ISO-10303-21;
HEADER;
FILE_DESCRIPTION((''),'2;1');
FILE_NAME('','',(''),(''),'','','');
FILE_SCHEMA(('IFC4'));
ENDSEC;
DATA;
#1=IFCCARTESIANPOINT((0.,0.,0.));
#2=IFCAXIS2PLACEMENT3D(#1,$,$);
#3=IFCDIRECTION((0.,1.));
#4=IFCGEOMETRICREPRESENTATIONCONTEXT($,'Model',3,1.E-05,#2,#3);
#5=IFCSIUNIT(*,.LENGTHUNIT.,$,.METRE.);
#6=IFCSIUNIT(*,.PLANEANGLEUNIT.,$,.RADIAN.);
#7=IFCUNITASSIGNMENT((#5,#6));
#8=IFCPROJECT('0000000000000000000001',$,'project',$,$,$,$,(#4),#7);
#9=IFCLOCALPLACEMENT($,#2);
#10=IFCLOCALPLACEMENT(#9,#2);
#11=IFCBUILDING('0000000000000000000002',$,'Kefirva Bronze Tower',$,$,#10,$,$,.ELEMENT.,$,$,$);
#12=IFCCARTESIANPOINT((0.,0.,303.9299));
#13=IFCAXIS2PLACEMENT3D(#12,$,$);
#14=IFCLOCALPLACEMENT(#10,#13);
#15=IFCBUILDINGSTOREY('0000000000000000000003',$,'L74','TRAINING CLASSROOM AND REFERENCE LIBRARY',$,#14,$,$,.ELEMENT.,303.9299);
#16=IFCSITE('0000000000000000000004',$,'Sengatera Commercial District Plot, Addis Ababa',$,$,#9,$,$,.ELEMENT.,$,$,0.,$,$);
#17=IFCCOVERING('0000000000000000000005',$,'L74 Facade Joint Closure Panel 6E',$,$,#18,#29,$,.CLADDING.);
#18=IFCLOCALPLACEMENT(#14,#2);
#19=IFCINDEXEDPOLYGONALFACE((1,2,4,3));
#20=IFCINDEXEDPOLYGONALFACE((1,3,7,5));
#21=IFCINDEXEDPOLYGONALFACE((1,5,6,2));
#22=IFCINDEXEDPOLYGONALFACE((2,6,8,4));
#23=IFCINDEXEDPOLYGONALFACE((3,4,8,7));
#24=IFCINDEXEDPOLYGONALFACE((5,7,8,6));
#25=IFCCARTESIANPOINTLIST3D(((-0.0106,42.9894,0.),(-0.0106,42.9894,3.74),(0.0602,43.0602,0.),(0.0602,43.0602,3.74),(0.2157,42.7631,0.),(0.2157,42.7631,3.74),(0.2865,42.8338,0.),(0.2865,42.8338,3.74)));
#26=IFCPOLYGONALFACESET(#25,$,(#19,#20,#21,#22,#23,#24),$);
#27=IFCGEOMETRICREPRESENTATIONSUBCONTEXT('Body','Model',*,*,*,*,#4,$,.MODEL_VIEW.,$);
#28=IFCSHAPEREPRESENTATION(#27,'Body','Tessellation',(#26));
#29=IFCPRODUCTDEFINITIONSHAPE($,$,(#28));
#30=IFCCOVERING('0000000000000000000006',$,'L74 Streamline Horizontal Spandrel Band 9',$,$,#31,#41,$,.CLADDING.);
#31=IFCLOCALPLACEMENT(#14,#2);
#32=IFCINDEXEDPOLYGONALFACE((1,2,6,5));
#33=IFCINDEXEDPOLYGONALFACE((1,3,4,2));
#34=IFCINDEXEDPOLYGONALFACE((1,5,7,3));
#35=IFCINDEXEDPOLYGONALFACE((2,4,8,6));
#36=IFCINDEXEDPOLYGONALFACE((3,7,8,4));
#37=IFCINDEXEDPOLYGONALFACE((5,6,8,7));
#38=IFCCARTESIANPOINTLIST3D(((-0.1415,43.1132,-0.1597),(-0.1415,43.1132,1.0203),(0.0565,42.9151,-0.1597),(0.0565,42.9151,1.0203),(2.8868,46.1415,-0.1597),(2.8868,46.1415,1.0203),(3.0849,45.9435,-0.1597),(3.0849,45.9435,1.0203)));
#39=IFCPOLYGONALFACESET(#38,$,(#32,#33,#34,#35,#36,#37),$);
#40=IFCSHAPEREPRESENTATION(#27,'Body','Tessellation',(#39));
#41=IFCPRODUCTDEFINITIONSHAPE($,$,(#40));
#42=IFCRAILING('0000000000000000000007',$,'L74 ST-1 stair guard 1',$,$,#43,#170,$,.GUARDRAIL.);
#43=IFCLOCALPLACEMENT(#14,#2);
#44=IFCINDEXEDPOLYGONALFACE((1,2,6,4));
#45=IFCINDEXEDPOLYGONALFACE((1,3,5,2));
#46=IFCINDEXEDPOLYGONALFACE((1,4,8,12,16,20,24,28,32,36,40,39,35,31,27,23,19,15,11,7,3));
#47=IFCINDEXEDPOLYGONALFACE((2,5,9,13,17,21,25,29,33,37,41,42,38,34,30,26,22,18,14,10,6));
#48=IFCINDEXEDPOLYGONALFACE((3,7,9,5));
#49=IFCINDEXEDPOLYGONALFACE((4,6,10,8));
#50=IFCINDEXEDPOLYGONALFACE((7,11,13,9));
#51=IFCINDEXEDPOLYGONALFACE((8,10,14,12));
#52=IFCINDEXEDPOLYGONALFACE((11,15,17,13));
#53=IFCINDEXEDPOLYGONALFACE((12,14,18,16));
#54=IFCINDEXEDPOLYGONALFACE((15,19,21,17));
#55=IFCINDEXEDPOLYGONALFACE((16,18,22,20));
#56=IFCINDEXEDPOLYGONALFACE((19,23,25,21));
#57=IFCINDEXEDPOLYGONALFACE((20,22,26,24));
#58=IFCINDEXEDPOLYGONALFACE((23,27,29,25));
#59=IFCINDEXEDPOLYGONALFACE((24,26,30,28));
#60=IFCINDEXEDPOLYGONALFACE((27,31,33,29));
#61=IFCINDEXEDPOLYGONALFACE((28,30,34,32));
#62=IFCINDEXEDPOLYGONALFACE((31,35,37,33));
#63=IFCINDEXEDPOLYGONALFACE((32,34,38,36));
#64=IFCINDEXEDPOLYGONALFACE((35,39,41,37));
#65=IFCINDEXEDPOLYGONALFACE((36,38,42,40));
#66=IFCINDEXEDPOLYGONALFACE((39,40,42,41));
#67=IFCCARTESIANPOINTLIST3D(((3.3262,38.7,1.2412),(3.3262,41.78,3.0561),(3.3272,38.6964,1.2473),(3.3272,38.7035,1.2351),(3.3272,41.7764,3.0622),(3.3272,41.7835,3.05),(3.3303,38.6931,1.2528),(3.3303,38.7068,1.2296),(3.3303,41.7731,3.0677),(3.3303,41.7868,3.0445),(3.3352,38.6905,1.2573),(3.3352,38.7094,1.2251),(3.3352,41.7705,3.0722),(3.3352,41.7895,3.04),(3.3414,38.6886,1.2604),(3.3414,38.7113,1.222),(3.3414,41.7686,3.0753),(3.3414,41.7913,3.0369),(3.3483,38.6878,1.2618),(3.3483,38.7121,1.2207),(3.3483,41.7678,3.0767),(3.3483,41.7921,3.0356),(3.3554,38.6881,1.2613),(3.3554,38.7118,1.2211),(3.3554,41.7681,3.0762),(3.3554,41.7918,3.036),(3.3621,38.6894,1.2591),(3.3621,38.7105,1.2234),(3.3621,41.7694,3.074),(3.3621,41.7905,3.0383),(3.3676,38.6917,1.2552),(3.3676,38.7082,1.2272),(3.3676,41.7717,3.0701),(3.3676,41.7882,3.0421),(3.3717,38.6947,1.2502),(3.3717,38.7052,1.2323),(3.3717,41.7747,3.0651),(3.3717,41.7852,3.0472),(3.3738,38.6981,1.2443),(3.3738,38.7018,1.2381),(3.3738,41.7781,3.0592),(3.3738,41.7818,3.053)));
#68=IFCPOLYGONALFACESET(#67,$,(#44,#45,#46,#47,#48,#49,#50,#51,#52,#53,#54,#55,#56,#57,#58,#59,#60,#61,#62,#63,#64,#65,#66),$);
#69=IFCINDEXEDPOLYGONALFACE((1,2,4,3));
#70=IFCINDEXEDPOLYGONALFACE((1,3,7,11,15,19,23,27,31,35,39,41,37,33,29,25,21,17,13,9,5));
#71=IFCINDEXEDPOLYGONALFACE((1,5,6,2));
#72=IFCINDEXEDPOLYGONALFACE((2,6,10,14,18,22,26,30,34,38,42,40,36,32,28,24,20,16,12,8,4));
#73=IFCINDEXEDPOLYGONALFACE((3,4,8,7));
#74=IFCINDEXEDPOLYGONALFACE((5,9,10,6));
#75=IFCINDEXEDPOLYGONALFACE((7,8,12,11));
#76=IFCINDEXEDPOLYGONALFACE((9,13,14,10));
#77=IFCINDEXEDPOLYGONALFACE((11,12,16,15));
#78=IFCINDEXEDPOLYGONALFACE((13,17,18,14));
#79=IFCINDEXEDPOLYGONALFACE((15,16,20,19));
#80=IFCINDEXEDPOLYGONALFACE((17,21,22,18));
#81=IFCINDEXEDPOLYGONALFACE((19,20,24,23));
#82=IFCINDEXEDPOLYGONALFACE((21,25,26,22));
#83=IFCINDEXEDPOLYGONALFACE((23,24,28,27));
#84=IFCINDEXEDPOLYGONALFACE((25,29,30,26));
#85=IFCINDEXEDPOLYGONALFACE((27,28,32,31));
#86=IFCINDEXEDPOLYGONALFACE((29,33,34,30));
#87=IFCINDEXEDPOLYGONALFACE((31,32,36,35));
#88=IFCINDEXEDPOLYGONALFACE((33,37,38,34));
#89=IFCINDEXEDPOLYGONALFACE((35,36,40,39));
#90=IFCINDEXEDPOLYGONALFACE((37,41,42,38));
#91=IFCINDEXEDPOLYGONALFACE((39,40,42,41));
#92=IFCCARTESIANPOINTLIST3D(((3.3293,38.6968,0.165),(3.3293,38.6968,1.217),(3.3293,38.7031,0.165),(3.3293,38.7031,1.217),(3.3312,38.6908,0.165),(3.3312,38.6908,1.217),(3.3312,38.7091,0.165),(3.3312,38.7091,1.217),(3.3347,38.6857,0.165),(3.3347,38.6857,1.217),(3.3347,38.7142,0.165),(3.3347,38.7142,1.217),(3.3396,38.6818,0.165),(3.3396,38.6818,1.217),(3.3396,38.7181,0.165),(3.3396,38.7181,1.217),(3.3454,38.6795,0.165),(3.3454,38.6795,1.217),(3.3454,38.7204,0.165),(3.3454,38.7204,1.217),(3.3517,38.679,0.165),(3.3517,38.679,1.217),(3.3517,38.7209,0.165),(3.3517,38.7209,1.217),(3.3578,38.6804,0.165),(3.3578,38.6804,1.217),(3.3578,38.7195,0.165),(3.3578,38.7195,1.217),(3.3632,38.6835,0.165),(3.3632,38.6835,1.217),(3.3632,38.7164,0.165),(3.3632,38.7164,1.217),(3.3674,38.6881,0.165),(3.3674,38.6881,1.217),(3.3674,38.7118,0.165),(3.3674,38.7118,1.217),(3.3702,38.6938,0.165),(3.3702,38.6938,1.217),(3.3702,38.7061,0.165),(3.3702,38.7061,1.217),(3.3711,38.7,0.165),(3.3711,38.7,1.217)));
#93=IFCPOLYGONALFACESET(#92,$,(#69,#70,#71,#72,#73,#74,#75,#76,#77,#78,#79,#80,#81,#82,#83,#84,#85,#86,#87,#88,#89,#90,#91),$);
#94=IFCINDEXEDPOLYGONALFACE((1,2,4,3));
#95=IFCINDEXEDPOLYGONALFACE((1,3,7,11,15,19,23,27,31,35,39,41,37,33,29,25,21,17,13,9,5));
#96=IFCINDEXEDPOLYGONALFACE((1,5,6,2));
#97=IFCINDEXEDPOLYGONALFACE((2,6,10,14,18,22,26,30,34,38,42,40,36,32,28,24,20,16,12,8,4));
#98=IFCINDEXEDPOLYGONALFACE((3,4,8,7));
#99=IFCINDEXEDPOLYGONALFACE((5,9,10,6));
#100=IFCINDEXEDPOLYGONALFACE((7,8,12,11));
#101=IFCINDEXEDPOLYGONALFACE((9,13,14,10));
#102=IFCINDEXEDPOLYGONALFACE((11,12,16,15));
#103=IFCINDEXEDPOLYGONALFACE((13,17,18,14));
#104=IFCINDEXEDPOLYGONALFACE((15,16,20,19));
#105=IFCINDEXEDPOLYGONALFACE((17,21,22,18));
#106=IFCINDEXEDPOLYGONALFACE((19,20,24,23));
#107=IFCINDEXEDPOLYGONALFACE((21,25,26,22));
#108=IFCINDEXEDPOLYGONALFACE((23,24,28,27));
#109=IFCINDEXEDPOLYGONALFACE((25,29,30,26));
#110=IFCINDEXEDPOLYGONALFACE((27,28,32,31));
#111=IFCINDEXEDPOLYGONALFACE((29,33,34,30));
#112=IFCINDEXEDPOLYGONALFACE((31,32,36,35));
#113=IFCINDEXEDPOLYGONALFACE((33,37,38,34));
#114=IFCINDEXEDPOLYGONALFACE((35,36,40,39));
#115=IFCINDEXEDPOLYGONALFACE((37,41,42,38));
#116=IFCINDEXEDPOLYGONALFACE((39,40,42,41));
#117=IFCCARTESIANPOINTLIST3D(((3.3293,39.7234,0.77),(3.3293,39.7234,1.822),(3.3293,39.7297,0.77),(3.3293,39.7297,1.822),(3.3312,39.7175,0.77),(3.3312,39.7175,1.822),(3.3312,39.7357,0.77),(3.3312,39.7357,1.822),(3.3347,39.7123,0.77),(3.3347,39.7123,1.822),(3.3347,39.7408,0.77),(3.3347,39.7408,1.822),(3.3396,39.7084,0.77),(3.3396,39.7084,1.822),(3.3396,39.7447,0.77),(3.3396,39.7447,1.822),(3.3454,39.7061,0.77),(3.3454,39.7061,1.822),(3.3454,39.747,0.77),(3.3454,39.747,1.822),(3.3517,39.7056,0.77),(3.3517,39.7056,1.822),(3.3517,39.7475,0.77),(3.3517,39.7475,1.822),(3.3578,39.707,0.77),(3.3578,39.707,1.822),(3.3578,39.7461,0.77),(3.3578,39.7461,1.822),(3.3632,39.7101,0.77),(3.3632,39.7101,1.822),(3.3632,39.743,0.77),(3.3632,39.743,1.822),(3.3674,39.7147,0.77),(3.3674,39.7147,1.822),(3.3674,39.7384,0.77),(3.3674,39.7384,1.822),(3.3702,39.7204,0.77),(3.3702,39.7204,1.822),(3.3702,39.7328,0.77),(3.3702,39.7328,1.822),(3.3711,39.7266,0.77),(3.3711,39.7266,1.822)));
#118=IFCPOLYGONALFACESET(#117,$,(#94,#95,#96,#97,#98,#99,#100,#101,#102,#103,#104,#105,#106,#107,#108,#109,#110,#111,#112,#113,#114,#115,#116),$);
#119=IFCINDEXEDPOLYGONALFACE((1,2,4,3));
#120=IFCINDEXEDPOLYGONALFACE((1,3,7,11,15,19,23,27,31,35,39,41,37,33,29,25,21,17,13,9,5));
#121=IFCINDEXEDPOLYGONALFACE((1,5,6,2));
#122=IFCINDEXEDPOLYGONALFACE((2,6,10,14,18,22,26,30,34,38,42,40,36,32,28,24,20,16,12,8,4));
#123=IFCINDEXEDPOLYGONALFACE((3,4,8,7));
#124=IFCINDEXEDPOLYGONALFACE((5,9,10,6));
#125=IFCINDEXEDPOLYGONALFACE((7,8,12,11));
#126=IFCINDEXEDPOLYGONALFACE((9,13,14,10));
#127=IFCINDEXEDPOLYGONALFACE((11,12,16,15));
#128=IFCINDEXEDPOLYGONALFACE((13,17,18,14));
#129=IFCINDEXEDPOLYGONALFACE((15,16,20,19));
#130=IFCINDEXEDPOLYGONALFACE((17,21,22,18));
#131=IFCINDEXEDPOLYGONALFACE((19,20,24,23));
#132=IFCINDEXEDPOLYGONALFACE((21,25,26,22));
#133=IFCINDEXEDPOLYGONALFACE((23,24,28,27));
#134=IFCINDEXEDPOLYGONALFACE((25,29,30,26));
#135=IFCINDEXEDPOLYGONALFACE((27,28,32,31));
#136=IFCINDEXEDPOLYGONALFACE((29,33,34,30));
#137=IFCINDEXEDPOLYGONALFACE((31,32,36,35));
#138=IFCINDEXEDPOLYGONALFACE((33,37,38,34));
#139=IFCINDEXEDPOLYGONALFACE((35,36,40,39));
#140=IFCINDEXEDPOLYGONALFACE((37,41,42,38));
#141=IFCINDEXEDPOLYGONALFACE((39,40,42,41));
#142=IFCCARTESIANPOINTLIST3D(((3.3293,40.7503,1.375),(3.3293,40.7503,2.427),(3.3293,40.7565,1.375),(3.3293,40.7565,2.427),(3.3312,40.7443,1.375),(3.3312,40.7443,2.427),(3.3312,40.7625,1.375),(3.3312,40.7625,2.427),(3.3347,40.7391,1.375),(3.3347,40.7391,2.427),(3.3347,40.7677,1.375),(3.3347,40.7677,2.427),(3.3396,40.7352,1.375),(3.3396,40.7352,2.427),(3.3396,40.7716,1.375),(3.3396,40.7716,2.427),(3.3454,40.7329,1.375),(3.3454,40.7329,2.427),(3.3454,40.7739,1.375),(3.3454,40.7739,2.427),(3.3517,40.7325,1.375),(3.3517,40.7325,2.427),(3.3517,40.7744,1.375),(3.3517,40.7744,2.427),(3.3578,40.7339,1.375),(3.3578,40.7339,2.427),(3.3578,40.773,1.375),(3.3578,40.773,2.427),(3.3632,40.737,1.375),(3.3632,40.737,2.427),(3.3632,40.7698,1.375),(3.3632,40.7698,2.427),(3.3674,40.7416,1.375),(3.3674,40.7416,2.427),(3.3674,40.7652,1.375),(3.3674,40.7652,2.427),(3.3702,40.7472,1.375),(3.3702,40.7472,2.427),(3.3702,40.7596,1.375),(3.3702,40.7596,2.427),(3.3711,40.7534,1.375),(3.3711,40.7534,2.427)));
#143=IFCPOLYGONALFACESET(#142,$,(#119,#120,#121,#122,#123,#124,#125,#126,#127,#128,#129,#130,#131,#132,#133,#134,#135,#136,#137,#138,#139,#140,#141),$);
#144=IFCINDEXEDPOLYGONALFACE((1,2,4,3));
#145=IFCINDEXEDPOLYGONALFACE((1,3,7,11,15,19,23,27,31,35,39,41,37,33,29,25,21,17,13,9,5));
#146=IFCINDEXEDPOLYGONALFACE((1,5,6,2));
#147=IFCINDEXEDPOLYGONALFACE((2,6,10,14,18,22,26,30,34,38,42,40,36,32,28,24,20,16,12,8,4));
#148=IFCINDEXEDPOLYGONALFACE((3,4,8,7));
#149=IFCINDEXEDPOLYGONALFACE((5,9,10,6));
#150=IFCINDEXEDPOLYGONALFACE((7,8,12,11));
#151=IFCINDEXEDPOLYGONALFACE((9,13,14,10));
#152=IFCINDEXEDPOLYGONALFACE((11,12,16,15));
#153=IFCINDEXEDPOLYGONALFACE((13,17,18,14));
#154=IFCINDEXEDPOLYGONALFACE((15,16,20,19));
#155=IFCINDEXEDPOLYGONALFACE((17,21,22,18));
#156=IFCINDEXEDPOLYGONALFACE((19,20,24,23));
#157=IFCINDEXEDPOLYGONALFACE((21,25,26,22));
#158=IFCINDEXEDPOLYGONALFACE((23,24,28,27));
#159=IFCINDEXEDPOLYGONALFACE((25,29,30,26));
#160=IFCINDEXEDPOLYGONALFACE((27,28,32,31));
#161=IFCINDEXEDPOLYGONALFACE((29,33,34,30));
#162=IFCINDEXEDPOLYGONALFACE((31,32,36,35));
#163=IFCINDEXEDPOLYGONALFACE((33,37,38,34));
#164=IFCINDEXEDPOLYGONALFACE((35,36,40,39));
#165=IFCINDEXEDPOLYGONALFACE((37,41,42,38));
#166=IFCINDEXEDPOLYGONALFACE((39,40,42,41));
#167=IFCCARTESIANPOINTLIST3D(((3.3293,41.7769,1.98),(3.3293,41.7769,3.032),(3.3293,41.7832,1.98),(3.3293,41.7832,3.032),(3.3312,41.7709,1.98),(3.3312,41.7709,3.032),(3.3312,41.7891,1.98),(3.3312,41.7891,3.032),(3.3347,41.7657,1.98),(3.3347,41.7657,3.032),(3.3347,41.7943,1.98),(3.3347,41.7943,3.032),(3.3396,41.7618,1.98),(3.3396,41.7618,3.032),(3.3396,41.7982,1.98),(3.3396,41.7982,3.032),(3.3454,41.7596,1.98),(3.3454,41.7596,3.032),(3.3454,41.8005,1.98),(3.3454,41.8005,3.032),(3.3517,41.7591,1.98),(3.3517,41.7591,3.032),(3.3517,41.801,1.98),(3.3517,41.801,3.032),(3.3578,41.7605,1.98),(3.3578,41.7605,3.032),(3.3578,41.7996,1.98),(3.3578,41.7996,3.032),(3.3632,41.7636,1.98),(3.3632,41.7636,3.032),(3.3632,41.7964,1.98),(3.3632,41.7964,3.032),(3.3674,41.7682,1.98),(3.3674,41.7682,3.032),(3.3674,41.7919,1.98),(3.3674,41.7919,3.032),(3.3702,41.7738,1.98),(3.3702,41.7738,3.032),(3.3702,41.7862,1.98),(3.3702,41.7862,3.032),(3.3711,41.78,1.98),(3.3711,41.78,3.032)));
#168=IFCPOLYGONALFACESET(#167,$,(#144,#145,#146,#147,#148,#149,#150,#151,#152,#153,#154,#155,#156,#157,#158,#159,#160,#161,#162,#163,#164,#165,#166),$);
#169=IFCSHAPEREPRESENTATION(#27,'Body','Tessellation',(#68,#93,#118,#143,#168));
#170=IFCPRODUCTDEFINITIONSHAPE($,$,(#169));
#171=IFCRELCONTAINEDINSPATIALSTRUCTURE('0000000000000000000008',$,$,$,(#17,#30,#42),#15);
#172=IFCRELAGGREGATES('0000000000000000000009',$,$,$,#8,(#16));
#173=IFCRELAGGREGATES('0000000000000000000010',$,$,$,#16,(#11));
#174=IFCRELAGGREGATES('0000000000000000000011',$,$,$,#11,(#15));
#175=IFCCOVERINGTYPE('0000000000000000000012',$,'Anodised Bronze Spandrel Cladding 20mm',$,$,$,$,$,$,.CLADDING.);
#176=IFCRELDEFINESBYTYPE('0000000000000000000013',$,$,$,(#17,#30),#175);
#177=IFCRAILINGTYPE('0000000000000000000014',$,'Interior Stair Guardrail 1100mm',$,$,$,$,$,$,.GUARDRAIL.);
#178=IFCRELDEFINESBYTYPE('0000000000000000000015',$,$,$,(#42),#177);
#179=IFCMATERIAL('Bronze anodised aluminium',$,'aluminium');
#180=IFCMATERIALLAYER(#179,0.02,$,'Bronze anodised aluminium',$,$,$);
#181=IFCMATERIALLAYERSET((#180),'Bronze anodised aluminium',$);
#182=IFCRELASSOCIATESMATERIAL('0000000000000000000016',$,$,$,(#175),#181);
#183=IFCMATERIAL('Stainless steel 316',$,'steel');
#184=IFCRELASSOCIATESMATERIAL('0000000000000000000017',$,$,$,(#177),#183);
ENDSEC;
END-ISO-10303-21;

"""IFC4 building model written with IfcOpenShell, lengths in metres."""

from ifc_helpers import new_model, si_unit, direction, frame, origin, origin_2d, place, context, subcontext, project, spatial, rectangle, circle, extrude, material, layer, layer_set, type_object, element, save


model = new_model("IFC4")

# Units and contexts
model_context = context("Model", 3, precision=1e-05, world=origin(), true_north=direction((0.0, 1.0)))
body_context = subcontext(model_context, "Body", "Model", "MODEL_VIEW")
ifc_project = project(units=[si_unit("LENGTHUNIT", "METRE"), si_unit("PLANEANGLEUNIT", "RADIAN")], contexts=[model_context])

# Site, building, storey
site_placement = place(None, origin())
site = spatial("IfcSite", under=ifc_project, at=site_placement, Name="Sengatera Commercial District Plot, Addis Ababa", CompositionType="ELEMENT", RefElevation=0.0)
building_placement = place(site_placement, origin())
building = spatial("IfcBuilding", under=site, at=building_placement, Name="Kefirva Bronze Tower", CompositionType="ELEMENT")
storey_placement = place(building_placement, frame((0.0, 0.0, 303.9299)))
storey = spatial("IfcBuildingStorey", under=building, at=storey_placement, Name="L74", Description="TRAINING CLASSROOM AND REFERENCE LIBRARY", CompositionType="ELEMENT", Elevation=303.9299)

# Coverings
ifc_material_1 = material(Name="Bronze anodised aluminium", Category="aluminium")
ifc_layer_1 = layer(ifc_material_1, 0.02, Name="Bronze anodised aluminium")
ifc_layer_set_1 = layer_set([ifc_layer_1], Name="Bronze anodised aluminium")
covering_type_1 = type_object("IfcCoveringType", Name="Anodised Bronze Spandrel Cladding 20mm", PredefinedType="CLADDING", material=ifc_layer_set_1)
for number, where, z_axis, x_axis, name in (
    (1, (0.1379, 42.9116, 0.0), (0.0, 0.0, 1.0), (-0.707107, -0.707107, 0.0), "L74 Facade Joint Closure Panel 6E"),
):
    element("IfcCovering", number, at=place(storey_placement, frame(where, z_axis=z_axis, x_axis=x_axis)), inside=storey, type_object=covering_type_1, Name=name, PredefinedType="CLADDING", context=body_context, shape_type="SweptSolid", body=[
        extrude(rectangle(XDim=0.1001, YDim=0.3201, at=origin_2d()), origin(), (0.0, 0.0, 1.0), 3.74),
    ])
covering_1_placement = place(storey_placement, frame((1.4717, 44.5283, -0.1597), z_axis=(0.0, 0.0, 1.0), x_axis=(-0.707107, -0.707107, 0.0)))
element("IfcCovering", 2, at=covering_1_placement, inside=storey, type_object=covering_type_1, Name="L74 Streamline Horizontal Spandrel Band 9", PredefinedType="CLADDING", context=body_context, shape_type="SweptSolid", body=[
    extrude(rectangle(XDim=4.2827, YDim=0.28, at=origin_2d()), origin(), (0.0, 0.0, 1.0), 1.1799),
])

# Railing
ifc_material_2 = material(Name="Stainless steel 316", Category="steel")
railing_type_1 = type_object("IfcRailingType", Name="Interior Stair Guardrail 1100mm", PredefinedType="GUARDRAIL", material=ifc_material_2)
railing_1_placement = place(storey_placement, frame((3.3501, 38.7, 0.165)))
element("IfcRailing", 3, at=railing_1_placement, inside=storey, type_object=railing_type_1, Name="L74 ST-1 stair guard 1", PredefinedType="GUARDRAIL", context=body_context, shape_type="SweptSolid", body=[
    extrude(circle(Radius=0.0239, at=origin_2d()), frame((0.0, 0.0, 1.0762), z_axis=(0.0, 0.861551, 0.507671), x_axis=(-1.0, 0.0, 0.0)), (0.0, 0.0, 1.0), 3.575),
    extrude(circle(Radius=0.021, at=origin_2d()), origin(), (0.0, 0.0, 1.0), 1.052),
    extrude(circle(Radius=0.021, at=origin_2d()), frame((0.0, 1.0266, 0.605)), (0.0, 0.0, 1.0), 1.052),
    extrude(circle(Radius=0.021, at=origin_2d()), frame((0.0, 2.0535, 1.21)), (0.0, 0.0, 1.0), 1.052),
    extrude(circle(Radius=0.021, at=origin_2d()), frame((0.0, 3.0801, 1.8149)), (0.0, 0.0, 1.0), 1.052),
])

save(model, "model.ifc")
